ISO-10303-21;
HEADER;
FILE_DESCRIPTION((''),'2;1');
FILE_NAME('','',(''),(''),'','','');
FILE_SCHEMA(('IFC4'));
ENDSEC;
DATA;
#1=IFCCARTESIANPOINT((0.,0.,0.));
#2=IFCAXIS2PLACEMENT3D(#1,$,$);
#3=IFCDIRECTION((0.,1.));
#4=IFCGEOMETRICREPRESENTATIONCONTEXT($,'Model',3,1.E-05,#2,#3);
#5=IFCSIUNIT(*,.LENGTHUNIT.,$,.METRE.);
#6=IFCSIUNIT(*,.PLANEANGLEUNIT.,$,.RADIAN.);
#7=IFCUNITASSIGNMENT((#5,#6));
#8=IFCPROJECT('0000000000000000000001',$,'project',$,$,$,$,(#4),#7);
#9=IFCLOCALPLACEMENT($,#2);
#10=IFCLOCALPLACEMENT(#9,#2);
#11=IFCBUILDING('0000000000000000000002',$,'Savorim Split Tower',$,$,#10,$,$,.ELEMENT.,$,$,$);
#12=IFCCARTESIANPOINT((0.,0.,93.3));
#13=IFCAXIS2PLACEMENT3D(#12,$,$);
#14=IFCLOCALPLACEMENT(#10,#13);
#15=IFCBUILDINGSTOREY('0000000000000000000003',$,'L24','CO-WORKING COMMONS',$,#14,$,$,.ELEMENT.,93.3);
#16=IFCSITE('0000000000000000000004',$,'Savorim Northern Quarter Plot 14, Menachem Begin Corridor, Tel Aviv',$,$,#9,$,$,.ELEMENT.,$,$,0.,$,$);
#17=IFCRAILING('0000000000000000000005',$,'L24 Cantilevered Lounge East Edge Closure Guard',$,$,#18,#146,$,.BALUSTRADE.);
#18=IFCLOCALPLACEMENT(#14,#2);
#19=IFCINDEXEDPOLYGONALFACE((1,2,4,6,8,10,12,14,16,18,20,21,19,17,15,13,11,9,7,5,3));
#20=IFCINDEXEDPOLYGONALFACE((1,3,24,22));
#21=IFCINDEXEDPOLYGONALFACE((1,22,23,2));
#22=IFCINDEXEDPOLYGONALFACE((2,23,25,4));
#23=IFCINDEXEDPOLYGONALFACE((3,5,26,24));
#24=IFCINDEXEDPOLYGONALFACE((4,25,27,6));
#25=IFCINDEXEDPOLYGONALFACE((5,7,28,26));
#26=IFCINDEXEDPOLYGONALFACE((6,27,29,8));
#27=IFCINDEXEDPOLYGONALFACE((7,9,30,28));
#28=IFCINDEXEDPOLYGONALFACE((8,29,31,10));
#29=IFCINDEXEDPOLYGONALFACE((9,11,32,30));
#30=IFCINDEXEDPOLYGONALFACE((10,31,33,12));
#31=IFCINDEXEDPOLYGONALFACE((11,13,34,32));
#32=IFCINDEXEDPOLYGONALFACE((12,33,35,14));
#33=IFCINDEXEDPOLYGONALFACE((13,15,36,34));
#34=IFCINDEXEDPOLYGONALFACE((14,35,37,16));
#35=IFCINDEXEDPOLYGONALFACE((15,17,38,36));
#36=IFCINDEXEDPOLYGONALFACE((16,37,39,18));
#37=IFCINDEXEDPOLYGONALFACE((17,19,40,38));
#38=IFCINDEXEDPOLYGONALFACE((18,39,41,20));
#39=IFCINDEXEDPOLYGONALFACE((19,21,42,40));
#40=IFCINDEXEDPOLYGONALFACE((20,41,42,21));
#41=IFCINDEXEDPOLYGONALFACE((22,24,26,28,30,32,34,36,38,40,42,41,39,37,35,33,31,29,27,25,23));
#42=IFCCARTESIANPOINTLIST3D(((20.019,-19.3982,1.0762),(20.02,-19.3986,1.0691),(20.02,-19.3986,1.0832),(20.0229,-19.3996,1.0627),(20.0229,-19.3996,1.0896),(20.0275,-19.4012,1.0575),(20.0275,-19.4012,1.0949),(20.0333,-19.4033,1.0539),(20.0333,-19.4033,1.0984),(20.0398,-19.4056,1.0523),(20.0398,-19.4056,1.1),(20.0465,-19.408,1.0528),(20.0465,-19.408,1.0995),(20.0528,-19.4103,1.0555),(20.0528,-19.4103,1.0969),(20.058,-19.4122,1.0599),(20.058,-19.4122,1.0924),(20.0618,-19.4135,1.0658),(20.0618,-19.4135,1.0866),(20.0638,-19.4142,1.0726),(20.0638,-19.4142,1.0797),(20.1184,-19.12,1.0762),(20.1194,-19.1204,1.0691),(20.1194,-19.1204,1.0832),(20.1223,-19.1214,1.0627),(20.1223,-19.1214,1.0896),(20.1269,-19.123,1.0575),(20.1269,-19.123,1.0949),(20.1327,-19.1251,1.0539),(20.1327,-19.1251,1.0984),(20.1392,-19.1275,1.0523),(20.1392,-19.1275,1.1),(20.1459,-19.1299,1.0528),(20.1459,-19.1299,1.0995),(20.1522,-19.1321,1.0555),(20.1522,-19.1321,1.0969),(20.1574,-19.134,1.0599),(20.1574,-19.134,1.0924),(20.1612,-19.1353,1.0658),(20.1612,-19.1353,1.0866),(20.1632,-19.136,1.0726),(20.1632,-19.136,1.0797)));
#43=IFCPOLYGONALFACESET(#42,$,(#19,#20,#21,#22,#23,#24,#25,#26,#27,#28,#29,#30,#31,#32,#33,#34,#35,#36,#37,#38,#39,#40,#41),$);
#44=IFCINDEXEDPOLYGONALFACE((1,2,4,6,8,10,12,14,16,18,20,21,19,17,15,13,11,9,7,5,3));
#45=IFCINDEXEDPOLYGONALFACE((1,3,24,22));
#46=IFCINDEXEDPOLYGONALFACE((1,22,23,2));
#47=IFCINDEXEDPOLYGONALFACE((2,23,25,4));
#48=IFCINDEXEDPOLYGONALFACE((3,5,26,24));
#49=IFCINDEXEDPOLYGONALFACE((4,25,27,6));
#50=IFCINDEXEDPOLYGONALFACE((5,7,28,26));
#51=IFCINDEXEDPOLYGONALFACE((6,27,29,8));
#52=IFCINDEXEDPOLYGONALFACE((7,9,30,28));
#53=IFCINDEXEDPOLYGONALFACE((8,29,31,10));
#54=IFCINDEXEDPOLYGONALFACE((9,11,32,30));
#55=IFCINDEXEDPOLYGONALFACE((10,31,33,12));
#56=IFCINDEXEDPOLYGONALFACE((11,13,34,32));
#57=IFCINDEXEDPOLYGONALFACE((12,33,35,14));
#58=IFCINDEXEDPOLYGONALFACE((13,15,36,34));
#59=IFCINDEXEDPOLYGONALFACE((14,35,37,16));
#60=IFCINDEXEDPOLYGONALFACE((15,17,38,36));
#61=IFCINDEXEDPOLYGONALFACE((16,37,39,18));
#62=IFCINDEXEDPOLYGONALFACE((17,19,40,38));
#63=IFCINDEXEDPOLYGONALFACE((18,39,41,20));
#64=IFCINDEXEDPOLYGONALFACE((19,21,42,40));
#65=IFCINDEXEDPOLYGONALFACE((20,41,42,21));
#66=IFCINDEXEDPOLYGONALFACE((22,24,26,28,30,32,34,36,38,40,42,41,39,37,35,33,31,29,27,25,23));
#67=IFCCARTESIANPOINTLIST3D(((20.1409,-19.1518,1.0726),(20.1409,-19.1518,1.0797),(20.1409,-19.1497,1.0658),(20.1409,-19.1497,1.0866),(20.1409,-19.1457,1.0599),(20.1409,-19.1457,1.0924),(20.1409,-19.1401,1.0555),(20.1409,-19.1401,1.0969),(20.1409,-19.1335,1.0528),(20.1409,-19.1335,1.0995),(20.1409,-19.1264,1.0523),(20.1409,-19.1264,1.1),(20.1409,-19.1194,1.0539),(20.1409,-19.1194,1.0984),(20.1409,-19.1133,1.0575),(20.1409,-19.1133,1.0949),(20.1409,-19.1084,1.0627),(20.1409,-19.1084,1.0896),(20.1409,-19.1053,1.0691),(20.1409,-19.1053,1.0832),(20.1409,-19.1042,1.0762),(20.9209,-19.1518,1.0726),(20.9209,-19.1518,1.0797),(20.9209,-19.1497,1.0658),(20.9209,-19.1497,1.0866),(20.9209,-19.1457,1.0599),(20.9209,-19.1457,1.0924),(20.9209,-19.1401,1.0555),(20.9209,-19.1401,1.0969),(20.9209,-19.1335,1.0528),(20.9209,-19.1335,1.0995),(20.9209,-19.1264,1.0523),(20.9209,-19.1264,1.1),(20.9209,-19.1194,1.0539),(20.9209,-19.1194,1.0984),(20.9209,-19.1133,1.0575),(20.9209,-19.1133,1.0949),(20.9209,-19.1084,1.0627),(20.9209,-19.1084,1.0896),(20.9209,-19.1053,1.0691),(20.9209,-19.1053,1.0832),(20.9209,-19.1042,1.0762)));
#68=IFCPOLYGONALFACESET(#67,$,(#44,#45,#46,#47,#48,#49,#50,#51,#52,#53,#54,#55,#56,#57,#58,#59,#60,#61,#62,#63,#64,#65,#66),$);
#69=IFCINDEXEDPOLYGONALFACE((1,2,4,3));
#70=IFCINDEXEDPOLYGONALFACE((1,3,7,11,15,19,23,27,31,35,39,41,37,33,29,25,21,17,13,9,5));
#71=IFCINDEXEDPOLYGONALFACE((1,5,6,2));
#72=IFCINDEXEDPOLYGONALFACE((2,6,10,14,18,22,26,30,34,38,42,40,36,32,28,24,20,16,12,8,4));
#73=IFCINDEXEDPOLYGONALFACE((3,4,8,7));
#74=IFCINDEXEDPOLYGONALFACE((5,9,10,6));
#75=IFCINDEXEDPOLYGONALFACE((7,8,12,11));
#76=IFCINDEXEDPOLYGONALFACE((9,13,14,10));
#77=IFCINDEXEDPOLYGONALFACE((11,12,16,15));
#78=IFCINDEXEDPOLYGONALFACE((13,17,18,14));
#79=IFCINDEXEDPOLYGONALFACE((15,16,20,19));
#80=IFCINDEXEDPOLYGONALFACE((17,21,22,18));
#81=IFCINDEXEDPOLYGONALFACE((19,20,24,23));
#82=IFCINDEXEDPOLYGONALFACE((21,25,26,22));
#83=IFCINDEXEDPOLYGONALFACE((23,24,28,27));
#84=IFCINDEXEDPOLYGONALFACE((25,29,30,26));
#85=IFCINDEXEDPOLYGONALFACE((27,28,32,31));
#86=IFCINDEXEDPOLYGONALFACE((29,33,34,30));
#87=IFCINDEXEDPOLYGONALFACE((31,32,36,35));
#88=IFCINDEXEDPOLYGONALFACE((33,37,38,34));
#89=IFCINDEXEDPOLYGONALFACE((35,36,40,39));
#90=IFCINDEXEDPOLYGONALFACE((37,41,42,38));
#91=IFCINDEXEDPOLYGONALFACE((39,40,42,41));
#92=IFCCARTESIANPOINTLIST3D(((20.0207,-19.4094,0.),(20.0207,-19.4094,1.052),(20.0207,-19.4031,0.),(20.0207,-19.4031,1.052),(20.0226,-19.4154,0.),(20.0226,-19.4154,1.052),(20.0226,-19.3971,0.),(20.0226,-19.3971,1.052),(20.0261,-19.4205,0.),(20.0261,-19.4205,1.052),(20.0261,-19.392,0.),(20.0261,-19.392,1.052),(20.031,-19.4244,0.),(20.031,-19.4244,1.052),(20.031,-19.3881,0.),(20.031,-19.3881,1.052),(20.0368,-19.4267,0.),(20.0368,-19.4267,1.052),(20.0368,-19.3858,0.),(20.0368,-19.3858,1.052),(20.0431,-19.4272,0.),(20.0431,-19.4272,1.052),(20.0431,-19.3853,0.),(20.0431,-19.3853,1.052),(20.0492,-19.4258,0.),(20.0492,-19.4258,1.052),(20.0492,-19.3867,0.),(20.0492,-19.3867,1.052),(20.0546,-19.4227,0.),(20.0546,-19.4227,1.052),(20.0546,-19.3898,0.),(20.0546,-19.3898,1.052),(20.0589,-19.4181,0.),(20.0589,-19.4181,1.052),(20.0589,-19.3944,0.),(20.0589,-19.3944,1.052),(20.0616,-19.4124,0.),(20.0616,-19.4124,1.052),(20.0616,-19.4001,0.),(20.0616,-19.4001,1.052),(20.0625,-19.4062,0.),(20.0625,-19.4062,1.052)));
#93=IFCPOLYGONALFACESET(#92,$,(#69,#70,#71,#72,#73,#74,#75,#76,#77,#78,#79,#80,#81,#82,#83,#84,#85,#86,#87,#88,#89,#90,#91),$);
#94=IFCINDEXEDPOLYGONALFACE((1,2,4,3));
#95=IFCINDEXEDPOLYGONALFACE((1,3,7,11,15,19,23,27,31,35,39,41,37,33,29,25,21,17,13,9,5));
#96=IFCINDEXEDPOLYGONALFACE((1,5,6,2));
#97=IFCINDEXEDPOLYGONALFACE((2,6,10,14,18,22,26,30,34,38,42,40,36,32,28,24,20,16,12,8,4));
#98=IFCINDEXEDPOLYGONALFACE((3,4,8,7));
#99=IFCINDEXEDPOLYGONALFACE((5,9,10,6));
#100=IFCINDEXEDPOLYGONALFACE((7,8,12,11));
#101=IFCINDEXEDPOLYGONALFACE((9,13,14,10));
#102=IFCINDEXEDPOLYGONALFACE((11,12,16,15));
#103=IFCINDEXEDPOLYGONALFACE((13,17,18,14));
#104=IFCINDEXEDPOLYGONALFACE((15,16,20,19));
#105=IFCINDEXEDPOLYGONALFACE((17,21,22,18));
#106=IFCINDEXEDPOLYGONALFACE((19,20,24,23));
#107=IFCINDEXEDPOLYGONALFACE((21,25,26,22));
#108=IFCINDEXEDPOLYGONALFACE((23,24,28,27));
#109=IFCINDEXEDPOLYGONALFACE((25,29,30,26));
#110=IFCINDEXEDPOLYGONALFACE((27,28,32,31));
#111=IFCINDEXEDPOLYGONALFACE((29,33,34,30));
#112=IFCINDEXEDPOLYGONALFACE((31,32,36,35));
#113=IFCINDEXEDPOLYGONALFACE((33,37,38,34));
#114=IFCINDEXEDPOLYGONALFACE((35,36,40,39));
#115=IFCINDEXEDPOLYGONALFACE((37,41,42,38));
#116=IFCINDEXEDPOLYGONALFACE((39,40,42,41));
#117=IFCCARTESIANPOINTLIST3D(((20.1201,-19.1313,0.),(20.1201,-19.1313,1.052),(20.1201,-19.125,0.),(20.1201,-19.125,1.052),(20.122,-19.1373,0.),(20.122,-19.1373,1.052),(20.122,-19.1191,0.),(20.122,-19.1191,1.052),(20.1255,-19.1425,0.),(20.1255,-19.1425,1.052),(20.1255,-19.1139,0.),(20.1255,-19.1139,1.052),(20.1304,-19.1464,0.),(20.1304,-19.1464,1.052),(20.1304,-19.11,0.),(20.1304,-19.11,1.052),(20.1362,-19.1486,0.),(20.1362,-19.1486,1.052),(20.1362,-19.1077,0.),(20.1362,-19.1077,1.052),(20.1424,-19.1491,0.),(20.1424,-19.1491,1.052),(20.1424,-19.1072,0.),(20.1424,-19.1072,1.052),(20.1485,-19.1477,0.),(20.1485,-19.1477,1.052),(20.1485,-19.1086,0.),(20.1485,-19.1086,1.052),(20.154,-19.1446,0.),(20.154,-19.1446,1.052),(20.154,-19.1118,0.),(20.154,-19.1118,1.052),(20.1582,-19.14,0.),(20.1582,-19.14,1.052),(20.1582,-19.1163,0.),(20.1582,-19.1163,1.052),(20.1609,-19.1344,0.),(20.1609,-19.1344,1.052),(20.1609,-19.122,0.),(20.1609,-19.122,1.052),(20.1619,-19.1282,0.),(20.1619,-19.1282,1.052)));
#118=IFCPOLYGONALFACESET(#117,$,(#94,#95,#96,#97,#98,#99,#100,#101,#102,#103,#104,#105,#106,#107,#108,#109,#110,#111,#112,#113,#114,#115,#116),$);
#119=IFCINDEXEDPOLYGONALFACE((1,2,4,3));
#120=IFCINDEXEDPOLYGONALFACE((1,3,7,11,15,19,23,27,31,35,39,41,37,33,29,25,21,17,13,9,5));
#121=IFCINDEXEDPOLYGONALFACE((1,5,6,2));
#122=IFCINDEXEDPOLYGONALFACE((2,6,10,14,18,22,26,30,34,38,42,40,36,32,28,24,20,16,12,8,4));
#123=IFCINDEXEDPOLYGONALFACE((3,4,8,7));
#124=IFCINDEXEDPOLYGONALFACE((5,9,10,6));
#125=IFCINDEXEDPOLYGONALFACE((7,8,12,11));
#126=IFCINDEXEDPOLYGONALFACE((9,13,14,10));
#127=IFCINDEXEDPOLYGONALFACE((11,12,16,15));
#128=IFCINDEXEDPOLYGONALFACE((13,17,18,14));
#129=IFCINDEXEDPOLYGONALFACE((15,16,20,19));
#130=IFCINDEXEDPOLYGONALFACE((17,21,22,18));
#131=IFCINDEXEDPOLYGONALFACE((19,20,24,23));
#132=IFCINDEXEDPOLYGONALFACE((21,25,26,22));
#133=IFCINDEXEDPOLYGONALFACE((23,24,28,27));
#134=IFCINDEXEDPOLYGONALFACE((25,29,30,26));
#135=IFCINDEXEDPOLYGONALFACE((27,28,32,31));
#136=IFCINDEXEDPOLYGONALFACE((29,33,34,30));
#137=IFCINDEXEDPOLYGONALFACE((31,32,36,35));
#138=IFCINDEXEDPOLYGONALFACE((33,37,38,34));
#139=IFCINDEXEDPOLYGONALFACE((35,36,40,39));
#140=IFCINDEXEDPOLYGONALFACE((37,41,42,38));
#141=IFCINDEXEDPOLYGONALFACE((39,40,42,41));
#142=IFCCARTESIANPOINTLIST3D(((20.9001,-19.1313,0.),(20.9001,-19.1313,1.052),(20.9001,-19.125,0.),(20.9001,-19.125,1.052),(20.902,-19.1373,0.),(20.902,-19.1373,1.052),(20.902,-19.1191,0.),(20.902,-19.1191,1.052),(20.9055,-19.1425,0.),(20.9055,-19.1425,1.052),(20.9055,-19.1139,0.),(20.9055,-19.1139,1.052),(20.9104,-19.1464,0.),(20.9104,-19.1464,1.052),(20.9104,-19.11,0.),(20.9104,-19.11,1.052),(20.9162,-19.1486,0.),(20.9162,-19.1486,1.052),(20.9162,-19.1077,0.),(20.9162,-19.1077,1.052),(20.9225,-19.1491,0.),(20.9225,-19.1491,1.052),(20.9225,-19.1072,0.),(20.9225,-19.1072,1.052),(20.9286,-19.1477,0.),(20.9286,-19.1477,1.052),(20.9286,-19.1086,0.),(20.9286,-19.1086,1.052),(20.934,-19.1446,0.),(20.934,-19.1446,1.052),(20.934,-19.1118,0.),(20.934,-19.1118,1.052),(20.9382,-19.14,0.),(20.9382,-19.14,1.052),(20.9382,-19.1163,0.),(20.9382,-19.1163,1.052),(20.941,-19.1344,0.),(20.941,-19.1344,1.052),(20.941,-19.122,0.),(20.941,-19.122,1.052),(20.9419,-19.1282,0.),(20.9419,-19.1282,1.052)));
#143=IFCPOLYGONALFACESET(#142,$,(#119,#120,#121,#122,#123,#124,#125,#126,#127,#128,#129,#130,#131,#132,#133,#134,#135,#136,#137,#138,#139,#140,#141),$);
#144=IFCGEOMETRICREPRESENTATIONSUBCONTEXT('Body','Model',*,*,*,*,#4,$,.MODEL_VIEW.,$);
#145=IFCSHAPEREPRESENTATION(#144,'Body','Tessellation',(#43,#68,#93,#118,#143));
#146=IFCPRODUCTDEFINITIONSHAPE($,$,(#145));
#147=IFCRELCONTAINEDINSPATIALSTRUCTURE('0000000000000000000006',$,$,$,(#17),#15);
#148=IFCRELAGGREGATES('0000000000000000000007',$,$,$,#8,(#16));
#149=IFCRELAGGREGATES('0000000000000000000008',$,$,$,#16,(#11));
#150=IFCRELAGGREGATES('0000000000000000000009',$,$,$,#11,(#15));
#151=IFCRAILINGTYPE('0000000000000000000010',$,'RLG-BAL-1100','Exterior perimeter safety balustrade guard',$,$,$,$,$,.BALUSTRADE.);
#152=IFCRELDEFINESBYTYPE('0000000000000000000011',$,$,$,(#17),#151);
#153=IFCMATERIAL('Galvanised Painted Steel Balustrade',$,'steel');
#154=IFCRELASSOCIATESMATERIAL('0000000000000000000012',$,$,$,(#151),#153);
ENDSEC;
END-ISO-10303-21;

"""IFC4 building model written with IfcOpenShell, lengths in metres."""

from ifc_helpers import new_model, si_unit, direction, frame, origin, origin_2d, place, context, subcontext, project, spatial, circle, extrude, material, type_object, element, save


model = new_model("IFC4")

# Units and contexts
model_context = context("Model", 3, precision=1e-05, world=origin(), true_north=direction((0.0, 1.0)))
body_context = subcontext(model_context, "Body", "Model", "MODEL_VIEW")
ifc_project = project(units=[si_unit("LENGTHUNIT", "METRE"), si_unit("PLANEANGLEUNIT", "RADIAN")], contexts=[model_context])

# Site, building, storey
site_placement = place(None, origin())
site = spatial("IfcSite", under=ifc_project, at=site_placement, Name="Savorim Northern Quarter Plot 14, Menachem Begin Corridor, Tel Aviv", CompositionType="ELEMENT", RefElevation=0.0)
building_placement = place(site_placement, origin())
building = spatial("IfcBuilding", under=site, at=building_placement, Name="Savorim Split Tower", CompositionType="ELEMENT")
storey_placement = place(building_placement, frame((0.0, 0.0, 93.3)))
storey = spatial("IfcBuildingStorey", under=building, at=storey_placement, Name="L24", Description="CO-WORKING COMMONS", CompositionType="ELEMENT", Elevation=93.3)

# Railing
ifc_material_1 = material(Name="Galvanised Painted Steel Balustrade", Category="steel")
railing_type = type_object("IfcRailingType", Name="RLG-BAL-1100", Description="Exterior perimeter safety balustrade guard", PredefinedType="BALUSTRADE", material=ifc_material_1)
railing_placement = place(storey_placement, frame((20.0415, -19.4062, 0.0)))
element("IfcRailing", 1, at=railing_placement, inside=storey, type_object=railing_type, Name="L24 Cantilevered Lounge East Edge Closure Guard", PredefinedType="BALUSTRADE", context=body_context, shape_type="SweptSolid", body=[
    extrude(circle(Radius=0.0239, at=origin_2d()), frame((0.0, 0.0, 1.0762), z_axis=(0.336494, 0.941686, 0.0), x_axis=(-0.941686, 0.336494, 0.0)), (0.0, 0.0, 1.0), 0.2954),
    extrude(circle(Radius=0.0239, at=origin_2d()), frame((0.0994, 0.2781, 1.0762), z_axis=(1.0, 0.0, 0.0), x_axis=(0.0, 1.0, 0.0)), (0.0, 0.0, 1.0), 0.78),
    extrude(circle(Radius=0.021, at=origin_2d()), origin(), (0.0, 0.0, 1.0), 1.052),
    extrude(circle(Radius=0.021, at=origin_2d()), frame((0.0994, 0.2781, 0.0)), (0.0, 0.0, 1.0), 1.052),
    extrude(circle(Radius=0.021, at=origin_2d()), frame((0.8794, 0.2781, 0.0)), (0.0, 0.0, 1.0), 1.052),
])

save(model, "model.ifc")
